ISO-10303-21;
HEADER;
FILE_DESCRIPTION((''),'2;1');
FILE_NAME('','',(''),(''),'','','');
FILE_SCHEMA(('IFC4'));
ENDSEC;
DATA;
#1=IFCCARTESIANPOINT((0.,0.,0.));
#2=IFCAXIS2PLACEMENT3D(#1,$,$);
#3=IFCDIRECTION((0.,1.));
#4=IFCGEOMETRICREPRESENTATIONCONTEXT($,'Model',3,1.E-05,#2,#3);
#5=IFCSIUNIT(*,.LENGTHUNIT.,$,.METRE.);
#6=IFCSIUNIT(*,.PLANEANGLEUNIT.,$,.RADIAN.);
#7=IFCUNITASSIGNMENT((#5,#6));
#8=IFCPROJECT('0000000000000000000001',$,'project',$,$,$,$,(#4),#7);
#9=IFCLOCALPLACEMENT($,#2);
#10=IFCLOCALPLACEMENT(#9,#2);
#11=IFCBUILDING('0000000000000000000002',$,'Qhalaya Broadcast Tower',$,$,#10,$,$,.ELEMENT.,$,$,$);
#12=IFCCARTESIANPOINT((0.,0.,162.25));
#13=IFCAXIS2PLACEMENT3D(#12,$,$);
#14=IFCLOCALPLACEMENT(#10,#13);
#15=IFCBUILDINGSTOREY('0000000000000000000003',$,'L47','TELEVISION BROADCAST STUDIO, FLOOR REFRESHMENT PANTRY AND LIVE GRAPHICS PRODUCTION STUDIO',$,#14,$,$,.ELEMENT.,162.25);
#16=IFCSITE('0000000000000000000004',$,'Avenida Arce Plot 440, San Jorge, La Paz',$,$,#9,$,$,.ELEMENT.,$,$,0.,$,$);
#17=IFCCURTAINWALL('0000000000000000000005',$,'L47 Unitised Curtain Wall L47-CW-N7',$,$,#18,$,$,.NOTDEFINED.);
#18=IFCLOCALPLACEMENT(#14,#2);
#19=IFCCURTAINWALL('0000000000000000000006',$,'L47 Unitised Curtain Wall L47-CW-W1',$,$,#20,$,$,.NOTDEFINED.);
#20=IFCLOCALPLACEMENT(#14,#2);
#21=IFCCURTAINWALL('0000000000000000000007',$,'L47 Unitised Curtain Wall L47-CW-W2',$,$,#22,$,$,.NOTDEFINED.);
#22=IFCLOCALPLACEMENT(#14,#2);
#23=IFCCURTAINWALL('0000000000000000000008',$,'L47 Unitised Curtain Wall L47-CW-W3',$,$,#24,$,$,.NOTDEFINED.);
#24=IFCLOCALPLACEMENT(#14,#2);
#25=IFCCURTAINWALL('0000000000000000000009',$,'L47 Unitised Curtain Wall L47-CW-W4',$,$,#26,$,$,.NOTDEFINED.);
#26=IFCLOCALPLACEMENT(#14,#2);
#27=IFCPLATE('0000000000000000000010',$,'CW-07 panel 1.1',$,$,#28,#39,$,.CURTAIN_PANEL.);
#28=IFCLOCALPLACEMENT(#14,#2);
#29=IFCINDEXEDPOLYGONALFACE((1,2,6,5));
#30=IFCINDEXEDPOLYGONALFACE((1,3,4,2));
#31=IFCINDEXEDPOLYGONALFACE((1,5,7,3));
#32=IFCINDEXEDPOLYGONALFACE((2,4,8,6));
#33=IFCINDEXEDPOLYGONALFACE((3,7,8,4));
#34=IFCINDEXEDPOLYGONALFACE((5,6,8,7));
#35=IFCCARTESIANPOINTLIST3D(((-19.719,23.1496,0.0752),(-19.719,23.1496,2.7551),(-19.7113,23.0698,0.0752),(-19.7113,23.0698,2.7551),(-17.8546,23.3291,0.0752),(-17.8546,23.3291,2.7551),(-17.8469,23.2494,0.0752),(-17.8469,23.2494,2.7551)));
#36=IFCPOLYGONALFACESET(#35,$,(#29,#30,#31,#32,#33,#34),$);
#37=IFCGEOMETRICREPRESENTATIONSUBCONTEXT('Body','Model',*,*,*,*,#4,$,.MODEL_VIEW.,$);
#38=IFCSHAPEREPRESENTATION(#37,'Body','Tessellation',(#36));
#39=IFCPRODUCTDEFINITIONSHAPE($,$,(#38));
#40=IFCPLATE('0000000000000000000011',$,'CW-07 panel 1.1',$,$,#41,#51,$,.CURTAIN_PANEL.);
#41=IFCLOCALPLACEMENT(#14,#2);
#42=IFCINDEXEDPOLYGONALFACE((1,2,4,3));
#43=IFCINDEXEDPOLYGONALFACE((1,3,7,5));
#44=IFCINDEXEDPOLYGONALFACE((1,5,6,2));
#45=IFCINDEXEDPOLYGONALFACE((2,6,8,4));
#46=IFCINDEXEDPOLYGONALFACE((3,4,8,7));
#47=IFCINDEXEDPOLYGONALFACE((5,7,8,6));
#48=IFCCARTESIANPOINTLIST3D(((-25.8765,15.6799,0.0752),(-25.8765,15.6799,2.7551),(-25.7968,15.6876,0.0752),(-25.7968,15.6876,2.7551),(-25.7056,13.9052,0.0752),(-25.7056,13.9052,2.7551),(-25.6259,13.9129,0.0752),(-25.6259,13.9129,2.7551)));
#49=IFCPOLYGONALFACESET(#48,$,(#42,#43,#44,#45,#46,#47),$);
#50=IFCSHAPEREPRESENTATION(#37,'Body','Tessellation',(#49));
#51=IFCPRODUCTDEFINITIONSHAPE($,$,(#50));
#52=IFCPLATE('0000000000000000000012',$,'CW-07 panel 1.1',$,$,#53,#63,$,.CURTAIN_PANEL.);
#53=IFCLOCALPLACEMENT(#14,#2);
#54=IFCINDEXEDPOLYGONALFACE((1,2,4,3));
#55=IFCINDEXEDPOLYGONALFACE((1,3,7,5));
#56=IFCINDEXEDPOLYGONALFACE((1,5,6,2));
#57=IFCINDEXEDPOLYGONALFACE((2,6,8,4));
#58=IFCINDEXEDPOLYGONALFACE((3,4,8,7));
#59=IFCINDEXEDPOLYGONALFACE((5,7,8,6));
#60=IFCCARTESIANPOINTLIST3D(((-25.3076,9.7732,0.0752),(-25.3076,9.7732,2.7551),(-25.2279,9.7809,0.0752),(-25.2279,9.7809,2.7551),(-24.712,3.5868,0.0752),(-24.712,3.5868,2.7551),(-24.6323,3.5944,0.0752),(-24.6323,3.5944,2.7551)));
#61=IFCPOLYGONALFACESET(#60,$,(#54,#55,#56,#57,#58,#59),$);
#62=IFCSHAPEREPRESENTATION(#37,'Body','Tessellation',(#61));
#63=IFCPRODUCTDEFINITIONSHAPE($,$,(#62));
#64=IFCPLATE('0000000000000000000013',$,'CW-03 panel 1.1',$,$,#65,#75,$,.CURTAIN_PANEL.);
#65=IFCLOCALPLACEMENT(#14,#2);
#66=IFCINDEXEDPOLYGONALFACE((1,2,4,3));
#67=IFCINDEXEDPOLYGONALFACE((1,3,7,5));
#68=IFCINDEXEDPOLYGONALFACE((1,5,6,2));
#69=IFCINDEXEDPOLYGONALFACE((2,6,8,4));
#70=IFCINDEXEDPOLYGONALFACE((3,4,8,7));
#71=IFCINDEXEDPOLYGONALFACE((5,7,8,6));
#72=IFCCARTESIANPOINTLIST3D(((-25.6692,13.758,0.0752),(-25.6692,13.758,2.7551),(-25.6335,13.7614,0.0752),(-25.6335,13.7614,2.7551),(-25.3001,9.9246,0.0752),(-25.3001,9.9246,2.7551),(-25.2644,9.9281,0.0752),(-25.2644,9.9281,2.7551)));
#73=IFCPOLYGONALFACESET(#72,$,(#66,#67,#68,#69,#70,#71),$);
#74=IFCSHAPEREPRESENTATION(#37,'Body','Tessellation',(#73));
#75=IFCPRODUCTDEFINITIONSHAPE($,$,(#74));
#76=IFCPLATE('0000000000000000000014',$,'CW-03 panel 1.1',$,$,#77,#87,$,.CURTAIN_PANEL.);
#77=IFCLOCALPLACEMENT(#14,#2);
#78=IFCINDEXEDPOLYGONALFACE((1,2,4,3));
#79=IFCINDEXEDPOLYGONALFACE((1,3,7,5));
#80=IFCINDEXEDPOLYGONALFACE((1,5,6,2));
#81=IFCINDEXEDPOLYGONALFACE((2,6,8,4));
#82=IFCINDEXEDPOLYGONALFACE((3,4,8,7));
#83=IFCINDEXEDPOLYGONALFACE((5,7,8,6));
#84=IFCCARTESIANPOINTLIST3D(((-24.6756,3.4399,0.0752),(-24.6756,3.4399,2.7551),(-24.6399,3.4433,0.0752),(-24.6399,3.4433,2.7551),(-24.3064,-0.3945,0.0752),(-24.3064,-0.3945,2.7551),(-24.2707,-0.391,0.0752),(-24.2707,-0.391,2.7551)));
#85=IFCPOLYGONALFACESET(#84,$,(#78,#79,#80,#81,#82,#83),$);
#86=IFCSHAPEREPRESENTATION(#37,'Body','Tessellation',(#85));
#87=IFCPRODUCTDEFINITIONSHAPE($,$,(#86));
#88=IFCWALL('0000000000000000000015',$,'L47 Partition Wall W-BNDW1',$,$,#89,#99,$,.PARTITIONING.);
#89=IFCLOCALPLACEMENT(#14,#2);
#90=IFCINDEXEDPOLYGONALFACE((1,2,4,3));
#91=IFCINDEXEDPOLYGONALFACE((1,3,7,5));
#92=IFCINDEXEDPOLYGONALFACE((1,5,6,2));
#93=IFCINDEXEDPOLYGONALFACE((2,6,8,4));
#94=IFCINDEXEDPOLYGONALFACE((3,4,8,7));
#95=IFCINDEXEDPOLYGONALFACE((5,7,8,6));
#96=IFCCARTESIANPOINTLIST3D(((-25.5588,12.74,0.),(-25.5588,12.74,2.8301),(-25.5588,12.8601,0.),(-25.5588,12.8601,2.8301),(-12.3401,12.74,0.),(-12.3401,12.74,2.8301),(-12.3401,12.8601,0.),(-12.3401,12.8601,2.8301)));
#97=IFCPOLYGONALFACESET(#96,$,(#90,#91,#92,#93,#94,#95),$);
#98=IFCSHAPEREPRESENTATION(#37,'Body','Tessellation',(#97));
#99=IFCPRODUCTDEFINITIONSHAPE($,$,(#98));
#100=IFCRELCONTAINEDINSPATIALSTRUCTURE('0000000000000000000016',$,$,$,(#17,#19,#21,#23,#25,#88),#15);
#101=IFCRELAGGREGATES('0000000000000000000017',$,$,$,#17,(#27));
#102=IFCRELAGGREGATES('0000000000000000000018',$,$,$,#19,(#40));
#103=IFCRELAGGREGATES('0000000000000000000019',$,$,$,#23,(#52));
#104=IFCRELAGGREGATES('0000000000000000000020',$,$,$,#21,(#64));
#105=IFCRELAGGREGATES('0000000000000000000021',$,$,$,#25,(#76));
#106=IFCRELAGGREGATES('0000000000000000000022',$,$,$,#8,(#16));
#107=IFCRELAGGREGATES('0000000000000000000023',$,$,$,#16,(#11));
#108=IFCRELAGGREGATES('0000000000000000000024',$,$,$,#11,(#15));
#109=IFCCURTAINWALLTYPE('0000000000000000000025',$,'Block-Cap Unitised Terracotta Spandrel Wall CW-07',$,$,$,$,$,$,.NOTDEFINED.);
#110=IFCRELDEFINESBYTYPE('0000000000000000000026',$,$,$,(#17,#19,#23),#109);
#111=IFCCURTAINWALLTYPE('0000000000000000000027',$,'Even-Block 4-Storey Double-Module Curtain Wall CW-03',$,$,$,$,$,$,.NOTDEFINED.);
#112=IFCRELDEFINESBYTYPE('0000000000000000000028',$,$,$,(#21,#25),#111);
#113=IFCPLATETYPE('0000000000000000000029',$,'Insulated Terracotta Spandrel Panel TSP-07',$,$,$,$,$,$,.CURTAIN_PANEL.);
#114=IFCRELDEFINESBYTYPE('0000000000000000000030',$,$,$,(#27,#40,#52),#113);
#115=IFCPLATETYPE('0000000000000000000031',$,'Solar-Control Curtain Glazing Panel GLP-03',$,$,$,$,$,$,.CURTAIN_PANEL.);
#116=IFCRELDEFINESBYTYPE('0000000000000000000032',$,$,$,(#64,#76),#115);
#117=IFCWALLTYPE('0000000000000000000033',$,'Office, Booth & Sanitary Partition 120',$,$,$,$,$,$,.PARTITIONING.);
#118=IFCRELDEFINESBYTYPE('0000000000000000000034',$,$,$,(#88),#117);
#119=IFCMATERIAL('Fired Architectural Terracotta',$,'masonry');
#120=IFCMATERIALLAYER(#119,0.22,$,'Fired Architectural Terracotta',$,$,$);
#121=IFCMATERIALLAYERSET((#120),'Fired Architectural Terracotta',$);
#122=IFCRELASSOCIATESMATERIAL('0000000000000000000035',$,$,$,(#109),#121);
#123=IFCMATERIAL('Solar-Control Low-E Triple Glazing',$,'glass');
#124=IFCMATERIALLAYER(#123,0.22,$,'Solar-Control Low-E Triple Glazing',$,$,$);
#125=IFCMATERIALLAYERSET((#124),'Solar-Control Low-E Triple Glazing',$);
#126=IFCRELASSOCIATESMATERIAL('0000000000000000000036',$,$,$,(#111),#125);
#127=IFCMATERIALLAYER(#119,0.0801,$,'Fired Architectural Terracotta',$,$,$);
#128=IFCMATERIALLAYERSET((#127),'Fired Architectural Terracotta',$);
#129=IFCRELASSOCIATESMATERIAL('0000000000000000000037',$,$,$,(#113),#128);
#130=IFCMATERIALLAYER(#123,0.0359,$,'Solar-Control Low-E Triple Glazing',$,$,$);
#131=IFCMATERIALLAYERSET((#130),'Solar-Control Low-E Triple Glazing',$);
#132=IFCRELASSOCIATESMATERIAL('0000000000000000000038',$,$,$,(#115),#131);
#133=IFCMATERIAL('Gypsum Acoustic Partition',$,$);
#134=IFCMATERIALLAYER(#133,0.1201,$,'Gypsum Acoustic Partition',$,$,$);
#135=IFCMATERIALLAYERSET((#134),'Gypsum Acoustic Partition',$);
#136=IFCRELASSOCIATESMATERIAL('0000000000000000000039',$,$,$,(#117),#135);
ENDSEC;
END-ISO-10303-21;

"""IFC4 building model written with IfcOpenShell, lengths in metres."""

from ifc_helpers import new_model, si_unit, direction, frame, frame_2d, origin, origin_2d, place, context, subcontext, project, spatial, rectangle, extrude, material, layer, layer_set, type_object, element, aggregate, save


model = new_model("IFC4")

# Units and contexts
model_context = context("Model", 3, precision=1e-05, world=origin(), true_north=direction((0.0, 1.0)))
body_context = subcontext(model_context, "Body", "Model", "MODEL_VIEW")
ifc_project = project(units=[si_unit("LENGTHUNIT", "METRE"), si_unit("PLANEANGLEUNIT", "RADIAN")], contexts=[model_context])

# Site, building, storey
site_placement = place(None, origin())
site = spatial("IfcSite", under=ifc_project, at=site_placement, Name="Avenida Arce Plot 440, San Jorge, La Paz", CompositionType="ELEMENT", RefElevation=0.0)
building_placement = place(site_placement, origin())
building = spatial("IfcBuilding", under=site, at=building_placement, Name="Qhalaya Broadcast Tower", CompositionType="ELEMENT")
storey_placement = place(building_placement, frame((0.0, 0.0, 162.25)))
storey = spatial("IfcBuildingStorey", under=building, at=storey_placement, Name="L47", Description="TELEVISION BROADCAST STUDIO, FLOOR REFRESHMENT PANTRY AND LIVE GRAPHICS PRODUCTION STUDIO", CompositionType="ELEMENT", Elevation=162.25)

# Curtain wall
ifc_material_1 = material(Name="Fired Architectural Terracotta", Category="masonry")
ifc_layer_1 = layer(ifc_material_1, 0.22, Name="Fired Architectural Terracotta")
ifc_layer_set_1 = layer_set([ifc_layer_1], Name="Fired Architectural Terracotta")
curtain_wall_type_1 = type_object("IfcCurtainWallType", Name="Block-Cap Unitised Terracotta Spandrel Wall CW-07", PredefinedType="NOTDEFINED", material=ifc_layer_set_1)
curtain_wall_1_placement = place(storey_placement, origin())
curtain_wall_1 = element("IfcCurtainWall", 1, at=curtain_wall_1_placement, inside=storey, type_object=curtain_wall_type_1, Name="L47 Unitised Curtain Wall L47-CW-N7", PredefinedType="NOTDEFINED")

# Curtain walls
curtain_wall_2_placement = place(storey_placement, origin())
curtain_wall_2 = element("IfcCurtainWall", 2, at=curtain_wall_2_placement, inside=storey, type_object=curtain_wall_type_1, Name="L47 Unitised Curtain Wall L47-CW-W1", PredefinedType="NOTDEFINED")
ifc_material_2 = material(Name="Solar-Control Low-E Triple Glazing", Category="glass")
ifc_layer_2 = layer(ifc_material_2, 0.22, Name="Solar-Control Low-E Triple Glazing")
ifc_layer_set_2 = layer_set([ifc_layer_2], Name="Solar-Control Low-E Triple Glazing")
curtain_wall_type_2 = type_object("IfcCurtainWallType", Name="Even-Block 4-Storey Double-Module Curtain Wall CW-03", PredefinedType="NOTDEFINED", material=ifc_layer_set_2)
curtain_wall_3_placement = place(storey_placement, origin())
curtain_wall_3 = element("IfcCurtainWall", 3, at=curtain_wall_3_placement, inside=storey, type_object=curtain_wall_type_2, Name="L47 Unitised Curtain Wall L47-CW-W2", PredefinedType="NOTDEFINED")
curtain_wall_4_placement = place(storey_placement, origin())
curtain_wall_4 = element("IfcCurtainWall", 4, at=curtain_wall_4_placement, inside=storey, type_object=curtain_wall_type_1, Name="L47 Unitised Curtain Wall L47-CW-W3", PredefinedType="NOTDEFINED")

# Curtain wall
curtain_wall_5_placement = place(storey_placement, origin())
curtain_wall_5 = element("IfcCurtainWall", 5, at=curtain_wall_5_placement, inside=storey, type_object=curtain_wall_type_2, Name="L47 Unitised Curtain Wall L47-CW-W4", PredefinedType="NOTDEFINED")

# Plates
ifc_layer_3 = layer(ifc_material_1, 0.0801, Name="Fired Architectural Terracotta")
ifc_layer_set_3 = layer_set([ifc_layer_3], Name="Fired Architectural Terracotta")
plate_type_1 = type_object("IfcPlateType", Name="Insulated Terracotta Spandrel Panel TSP-07", PredefinedType="CURTAIN_PANEL", material=ifc_layer_set_3)
plate_1_placement = place(storey_placement, frame((-18.783, 23.1995, 0.0752), z_axis=(0.0, 0.0, 1.0), x_axis=(-0.995396, -0.095847, 0.0)))
plate_1 = element("IfcPlate", 6, at=plate_1_placement, type_object=plate_type_1, Name="CW-07 panel 1.1", PredefinedType="CURTAIN_PANEL", context=body_context, shape_type="SweptSolid", body=[
    extrude(rectangle(XDim=1.873, YDim=0.0801, at=origin_2d()), origin(), (0.0, 0.0, 1.0), 2.6799),
])
aggregate(curtain_wall_1, [plate_1])
plate_2_placement = place(storey_placement, frame((-25.7512, 14.7964, 0.0752), z_axis=(0.0, 0.0, 1.0), x_axis=(0.095861, -0.995395, 0.0)))
plate_2 = element("IfcPlate", 7, at=plate_2_placement, type_object=plate_type_1, Name="CW-07 panel 1.1", PredefinedType="CURTAIN_PANEL", context=body_context, shape_type="SweptSolid", body=[
    extrude(rectangle(XDim=1.783, YDim=0.0801, at=origin_2d()), origin(), (0.0, 0.0, 1.0), 2.6799),
])
aggregate(curtain_wall_2, [plate_2])
plate_3_placement = place(storey_placement, frame((-24.97, 6.6838, 0.0752), z_axis=(0.0, 0.0, 1.0), x_axis=(0.095837, -0.995397, 0.0)))
plate_3 = element("IfcPlate", 8, at=plate_3_placement, type_object=plate_type_1, Name="CW-07 panel 1.1", PredefinedType="CURTAIN_PANEL", context=body_context, shape_type="SweptSolid", body=[
    extrude(rectangle(XDim=6.2151, YDim=0.0801, at=origin_2d()), origin(), (0.0, 0.0, 1.0), 2.6799),
])
aggregate(curtain_wall_4, [plate_3])
ifc_layer_4 = layer(ifc_material_2, 0.0359, Name="Solar-Control Low-E Triple Glazing")
ifc_layer_set_4 = layer_set([ifc_layer_4], Name="Solar-Control Low-E Triple Glazing")
plate_type_2 = type_object("IfcPlateType", Name="Solar-Control Curtain Glazing Panel GLP-03", PredefinedType="CURTAIN_PANEL", material=ifc_layer_set_4)
plate_4_placement = place(storey_placement, frame((-25.4668, 11.843, 0.0752), z_axis=(0.0, 0.0, 1.0), x_axis=(0.095851, -0.995396, 0.0)))
plate_4 = element("IfcPlate", 9, at=plate_4_placement, type_object=plate_type_2, Name="CW-03 panel 1.1", PredefinedType="CURTAIN_PANEL", context=body_context, shape_type="SweptSolid", body=[
    extrude(rectangle(XDim=3.8511, YDim=0.0359, at=origin_2d()), origin(), (0.0, 0.0, 1.0), 2.6799),
])
aggregate(curtain_wall_3, [plate_4])
plate_5_placement = place(storey_placement, frame((-24.4731, 1.5244, 0.0752), z_axis=(0.0, 0.0, 1.0), x_axis=(0.095851, -0.995396, 0.0)))
plate_5 = element("IfcPlate", 10, at=plate_5_placement, type_object=plate_type_2, Name="CW-03 panel 1.1", PredefinedType="CURTAIN_PANEL", context=body_context, shape_type="SweptSolid", body=[
    extrude(rectangle(XDim=3.8521, YDim=0.0359, at=origin_2d()), origin(), (0.0, 0.0, 1.0), 2.6799),
])
aggregate(curtain_wall_5, [plate_5])

# Wall
ifc_material_3 = material(Name="Gypsum Acoustic Partition")
ifc_layer_5 = layer(ifc_material_3, 0.1201, Name="Gypsum Acoustic Partition")
ifc_layer_set_5 = layer_set([ifc_layer_5], Name="Gypsum Acoustic Partition")
wall_type = type_object("IfcWallType", Name="Office, Booth & Sanitary Partition 120", PredefinedType="PARTITIONING", material=ifc_layer_set_5)
wall_placement = place(storey_placement, frame((-25.5588, 12.8, 0.0), z_axis=(0.0, 0.0, 1.0), x_axis=(1.0, 0.0, 0.0)))
element("IfcWall", 11, at=wall_placement, inside=storey, type_object=wall_type, Name="L47 Partition Wall W-BNDW1", PredefinedType="PARTITIONING", context=body_context, shape_type="SweptSolid", body=[
    extrude(rectangle(XDim=13.2188, YDim=0.1201, at=frame_2d((6.6094, 0.0))), origin(), (0.0, 0.0, 1.0), 2.8301),
])

save(model, "model.ifc")
